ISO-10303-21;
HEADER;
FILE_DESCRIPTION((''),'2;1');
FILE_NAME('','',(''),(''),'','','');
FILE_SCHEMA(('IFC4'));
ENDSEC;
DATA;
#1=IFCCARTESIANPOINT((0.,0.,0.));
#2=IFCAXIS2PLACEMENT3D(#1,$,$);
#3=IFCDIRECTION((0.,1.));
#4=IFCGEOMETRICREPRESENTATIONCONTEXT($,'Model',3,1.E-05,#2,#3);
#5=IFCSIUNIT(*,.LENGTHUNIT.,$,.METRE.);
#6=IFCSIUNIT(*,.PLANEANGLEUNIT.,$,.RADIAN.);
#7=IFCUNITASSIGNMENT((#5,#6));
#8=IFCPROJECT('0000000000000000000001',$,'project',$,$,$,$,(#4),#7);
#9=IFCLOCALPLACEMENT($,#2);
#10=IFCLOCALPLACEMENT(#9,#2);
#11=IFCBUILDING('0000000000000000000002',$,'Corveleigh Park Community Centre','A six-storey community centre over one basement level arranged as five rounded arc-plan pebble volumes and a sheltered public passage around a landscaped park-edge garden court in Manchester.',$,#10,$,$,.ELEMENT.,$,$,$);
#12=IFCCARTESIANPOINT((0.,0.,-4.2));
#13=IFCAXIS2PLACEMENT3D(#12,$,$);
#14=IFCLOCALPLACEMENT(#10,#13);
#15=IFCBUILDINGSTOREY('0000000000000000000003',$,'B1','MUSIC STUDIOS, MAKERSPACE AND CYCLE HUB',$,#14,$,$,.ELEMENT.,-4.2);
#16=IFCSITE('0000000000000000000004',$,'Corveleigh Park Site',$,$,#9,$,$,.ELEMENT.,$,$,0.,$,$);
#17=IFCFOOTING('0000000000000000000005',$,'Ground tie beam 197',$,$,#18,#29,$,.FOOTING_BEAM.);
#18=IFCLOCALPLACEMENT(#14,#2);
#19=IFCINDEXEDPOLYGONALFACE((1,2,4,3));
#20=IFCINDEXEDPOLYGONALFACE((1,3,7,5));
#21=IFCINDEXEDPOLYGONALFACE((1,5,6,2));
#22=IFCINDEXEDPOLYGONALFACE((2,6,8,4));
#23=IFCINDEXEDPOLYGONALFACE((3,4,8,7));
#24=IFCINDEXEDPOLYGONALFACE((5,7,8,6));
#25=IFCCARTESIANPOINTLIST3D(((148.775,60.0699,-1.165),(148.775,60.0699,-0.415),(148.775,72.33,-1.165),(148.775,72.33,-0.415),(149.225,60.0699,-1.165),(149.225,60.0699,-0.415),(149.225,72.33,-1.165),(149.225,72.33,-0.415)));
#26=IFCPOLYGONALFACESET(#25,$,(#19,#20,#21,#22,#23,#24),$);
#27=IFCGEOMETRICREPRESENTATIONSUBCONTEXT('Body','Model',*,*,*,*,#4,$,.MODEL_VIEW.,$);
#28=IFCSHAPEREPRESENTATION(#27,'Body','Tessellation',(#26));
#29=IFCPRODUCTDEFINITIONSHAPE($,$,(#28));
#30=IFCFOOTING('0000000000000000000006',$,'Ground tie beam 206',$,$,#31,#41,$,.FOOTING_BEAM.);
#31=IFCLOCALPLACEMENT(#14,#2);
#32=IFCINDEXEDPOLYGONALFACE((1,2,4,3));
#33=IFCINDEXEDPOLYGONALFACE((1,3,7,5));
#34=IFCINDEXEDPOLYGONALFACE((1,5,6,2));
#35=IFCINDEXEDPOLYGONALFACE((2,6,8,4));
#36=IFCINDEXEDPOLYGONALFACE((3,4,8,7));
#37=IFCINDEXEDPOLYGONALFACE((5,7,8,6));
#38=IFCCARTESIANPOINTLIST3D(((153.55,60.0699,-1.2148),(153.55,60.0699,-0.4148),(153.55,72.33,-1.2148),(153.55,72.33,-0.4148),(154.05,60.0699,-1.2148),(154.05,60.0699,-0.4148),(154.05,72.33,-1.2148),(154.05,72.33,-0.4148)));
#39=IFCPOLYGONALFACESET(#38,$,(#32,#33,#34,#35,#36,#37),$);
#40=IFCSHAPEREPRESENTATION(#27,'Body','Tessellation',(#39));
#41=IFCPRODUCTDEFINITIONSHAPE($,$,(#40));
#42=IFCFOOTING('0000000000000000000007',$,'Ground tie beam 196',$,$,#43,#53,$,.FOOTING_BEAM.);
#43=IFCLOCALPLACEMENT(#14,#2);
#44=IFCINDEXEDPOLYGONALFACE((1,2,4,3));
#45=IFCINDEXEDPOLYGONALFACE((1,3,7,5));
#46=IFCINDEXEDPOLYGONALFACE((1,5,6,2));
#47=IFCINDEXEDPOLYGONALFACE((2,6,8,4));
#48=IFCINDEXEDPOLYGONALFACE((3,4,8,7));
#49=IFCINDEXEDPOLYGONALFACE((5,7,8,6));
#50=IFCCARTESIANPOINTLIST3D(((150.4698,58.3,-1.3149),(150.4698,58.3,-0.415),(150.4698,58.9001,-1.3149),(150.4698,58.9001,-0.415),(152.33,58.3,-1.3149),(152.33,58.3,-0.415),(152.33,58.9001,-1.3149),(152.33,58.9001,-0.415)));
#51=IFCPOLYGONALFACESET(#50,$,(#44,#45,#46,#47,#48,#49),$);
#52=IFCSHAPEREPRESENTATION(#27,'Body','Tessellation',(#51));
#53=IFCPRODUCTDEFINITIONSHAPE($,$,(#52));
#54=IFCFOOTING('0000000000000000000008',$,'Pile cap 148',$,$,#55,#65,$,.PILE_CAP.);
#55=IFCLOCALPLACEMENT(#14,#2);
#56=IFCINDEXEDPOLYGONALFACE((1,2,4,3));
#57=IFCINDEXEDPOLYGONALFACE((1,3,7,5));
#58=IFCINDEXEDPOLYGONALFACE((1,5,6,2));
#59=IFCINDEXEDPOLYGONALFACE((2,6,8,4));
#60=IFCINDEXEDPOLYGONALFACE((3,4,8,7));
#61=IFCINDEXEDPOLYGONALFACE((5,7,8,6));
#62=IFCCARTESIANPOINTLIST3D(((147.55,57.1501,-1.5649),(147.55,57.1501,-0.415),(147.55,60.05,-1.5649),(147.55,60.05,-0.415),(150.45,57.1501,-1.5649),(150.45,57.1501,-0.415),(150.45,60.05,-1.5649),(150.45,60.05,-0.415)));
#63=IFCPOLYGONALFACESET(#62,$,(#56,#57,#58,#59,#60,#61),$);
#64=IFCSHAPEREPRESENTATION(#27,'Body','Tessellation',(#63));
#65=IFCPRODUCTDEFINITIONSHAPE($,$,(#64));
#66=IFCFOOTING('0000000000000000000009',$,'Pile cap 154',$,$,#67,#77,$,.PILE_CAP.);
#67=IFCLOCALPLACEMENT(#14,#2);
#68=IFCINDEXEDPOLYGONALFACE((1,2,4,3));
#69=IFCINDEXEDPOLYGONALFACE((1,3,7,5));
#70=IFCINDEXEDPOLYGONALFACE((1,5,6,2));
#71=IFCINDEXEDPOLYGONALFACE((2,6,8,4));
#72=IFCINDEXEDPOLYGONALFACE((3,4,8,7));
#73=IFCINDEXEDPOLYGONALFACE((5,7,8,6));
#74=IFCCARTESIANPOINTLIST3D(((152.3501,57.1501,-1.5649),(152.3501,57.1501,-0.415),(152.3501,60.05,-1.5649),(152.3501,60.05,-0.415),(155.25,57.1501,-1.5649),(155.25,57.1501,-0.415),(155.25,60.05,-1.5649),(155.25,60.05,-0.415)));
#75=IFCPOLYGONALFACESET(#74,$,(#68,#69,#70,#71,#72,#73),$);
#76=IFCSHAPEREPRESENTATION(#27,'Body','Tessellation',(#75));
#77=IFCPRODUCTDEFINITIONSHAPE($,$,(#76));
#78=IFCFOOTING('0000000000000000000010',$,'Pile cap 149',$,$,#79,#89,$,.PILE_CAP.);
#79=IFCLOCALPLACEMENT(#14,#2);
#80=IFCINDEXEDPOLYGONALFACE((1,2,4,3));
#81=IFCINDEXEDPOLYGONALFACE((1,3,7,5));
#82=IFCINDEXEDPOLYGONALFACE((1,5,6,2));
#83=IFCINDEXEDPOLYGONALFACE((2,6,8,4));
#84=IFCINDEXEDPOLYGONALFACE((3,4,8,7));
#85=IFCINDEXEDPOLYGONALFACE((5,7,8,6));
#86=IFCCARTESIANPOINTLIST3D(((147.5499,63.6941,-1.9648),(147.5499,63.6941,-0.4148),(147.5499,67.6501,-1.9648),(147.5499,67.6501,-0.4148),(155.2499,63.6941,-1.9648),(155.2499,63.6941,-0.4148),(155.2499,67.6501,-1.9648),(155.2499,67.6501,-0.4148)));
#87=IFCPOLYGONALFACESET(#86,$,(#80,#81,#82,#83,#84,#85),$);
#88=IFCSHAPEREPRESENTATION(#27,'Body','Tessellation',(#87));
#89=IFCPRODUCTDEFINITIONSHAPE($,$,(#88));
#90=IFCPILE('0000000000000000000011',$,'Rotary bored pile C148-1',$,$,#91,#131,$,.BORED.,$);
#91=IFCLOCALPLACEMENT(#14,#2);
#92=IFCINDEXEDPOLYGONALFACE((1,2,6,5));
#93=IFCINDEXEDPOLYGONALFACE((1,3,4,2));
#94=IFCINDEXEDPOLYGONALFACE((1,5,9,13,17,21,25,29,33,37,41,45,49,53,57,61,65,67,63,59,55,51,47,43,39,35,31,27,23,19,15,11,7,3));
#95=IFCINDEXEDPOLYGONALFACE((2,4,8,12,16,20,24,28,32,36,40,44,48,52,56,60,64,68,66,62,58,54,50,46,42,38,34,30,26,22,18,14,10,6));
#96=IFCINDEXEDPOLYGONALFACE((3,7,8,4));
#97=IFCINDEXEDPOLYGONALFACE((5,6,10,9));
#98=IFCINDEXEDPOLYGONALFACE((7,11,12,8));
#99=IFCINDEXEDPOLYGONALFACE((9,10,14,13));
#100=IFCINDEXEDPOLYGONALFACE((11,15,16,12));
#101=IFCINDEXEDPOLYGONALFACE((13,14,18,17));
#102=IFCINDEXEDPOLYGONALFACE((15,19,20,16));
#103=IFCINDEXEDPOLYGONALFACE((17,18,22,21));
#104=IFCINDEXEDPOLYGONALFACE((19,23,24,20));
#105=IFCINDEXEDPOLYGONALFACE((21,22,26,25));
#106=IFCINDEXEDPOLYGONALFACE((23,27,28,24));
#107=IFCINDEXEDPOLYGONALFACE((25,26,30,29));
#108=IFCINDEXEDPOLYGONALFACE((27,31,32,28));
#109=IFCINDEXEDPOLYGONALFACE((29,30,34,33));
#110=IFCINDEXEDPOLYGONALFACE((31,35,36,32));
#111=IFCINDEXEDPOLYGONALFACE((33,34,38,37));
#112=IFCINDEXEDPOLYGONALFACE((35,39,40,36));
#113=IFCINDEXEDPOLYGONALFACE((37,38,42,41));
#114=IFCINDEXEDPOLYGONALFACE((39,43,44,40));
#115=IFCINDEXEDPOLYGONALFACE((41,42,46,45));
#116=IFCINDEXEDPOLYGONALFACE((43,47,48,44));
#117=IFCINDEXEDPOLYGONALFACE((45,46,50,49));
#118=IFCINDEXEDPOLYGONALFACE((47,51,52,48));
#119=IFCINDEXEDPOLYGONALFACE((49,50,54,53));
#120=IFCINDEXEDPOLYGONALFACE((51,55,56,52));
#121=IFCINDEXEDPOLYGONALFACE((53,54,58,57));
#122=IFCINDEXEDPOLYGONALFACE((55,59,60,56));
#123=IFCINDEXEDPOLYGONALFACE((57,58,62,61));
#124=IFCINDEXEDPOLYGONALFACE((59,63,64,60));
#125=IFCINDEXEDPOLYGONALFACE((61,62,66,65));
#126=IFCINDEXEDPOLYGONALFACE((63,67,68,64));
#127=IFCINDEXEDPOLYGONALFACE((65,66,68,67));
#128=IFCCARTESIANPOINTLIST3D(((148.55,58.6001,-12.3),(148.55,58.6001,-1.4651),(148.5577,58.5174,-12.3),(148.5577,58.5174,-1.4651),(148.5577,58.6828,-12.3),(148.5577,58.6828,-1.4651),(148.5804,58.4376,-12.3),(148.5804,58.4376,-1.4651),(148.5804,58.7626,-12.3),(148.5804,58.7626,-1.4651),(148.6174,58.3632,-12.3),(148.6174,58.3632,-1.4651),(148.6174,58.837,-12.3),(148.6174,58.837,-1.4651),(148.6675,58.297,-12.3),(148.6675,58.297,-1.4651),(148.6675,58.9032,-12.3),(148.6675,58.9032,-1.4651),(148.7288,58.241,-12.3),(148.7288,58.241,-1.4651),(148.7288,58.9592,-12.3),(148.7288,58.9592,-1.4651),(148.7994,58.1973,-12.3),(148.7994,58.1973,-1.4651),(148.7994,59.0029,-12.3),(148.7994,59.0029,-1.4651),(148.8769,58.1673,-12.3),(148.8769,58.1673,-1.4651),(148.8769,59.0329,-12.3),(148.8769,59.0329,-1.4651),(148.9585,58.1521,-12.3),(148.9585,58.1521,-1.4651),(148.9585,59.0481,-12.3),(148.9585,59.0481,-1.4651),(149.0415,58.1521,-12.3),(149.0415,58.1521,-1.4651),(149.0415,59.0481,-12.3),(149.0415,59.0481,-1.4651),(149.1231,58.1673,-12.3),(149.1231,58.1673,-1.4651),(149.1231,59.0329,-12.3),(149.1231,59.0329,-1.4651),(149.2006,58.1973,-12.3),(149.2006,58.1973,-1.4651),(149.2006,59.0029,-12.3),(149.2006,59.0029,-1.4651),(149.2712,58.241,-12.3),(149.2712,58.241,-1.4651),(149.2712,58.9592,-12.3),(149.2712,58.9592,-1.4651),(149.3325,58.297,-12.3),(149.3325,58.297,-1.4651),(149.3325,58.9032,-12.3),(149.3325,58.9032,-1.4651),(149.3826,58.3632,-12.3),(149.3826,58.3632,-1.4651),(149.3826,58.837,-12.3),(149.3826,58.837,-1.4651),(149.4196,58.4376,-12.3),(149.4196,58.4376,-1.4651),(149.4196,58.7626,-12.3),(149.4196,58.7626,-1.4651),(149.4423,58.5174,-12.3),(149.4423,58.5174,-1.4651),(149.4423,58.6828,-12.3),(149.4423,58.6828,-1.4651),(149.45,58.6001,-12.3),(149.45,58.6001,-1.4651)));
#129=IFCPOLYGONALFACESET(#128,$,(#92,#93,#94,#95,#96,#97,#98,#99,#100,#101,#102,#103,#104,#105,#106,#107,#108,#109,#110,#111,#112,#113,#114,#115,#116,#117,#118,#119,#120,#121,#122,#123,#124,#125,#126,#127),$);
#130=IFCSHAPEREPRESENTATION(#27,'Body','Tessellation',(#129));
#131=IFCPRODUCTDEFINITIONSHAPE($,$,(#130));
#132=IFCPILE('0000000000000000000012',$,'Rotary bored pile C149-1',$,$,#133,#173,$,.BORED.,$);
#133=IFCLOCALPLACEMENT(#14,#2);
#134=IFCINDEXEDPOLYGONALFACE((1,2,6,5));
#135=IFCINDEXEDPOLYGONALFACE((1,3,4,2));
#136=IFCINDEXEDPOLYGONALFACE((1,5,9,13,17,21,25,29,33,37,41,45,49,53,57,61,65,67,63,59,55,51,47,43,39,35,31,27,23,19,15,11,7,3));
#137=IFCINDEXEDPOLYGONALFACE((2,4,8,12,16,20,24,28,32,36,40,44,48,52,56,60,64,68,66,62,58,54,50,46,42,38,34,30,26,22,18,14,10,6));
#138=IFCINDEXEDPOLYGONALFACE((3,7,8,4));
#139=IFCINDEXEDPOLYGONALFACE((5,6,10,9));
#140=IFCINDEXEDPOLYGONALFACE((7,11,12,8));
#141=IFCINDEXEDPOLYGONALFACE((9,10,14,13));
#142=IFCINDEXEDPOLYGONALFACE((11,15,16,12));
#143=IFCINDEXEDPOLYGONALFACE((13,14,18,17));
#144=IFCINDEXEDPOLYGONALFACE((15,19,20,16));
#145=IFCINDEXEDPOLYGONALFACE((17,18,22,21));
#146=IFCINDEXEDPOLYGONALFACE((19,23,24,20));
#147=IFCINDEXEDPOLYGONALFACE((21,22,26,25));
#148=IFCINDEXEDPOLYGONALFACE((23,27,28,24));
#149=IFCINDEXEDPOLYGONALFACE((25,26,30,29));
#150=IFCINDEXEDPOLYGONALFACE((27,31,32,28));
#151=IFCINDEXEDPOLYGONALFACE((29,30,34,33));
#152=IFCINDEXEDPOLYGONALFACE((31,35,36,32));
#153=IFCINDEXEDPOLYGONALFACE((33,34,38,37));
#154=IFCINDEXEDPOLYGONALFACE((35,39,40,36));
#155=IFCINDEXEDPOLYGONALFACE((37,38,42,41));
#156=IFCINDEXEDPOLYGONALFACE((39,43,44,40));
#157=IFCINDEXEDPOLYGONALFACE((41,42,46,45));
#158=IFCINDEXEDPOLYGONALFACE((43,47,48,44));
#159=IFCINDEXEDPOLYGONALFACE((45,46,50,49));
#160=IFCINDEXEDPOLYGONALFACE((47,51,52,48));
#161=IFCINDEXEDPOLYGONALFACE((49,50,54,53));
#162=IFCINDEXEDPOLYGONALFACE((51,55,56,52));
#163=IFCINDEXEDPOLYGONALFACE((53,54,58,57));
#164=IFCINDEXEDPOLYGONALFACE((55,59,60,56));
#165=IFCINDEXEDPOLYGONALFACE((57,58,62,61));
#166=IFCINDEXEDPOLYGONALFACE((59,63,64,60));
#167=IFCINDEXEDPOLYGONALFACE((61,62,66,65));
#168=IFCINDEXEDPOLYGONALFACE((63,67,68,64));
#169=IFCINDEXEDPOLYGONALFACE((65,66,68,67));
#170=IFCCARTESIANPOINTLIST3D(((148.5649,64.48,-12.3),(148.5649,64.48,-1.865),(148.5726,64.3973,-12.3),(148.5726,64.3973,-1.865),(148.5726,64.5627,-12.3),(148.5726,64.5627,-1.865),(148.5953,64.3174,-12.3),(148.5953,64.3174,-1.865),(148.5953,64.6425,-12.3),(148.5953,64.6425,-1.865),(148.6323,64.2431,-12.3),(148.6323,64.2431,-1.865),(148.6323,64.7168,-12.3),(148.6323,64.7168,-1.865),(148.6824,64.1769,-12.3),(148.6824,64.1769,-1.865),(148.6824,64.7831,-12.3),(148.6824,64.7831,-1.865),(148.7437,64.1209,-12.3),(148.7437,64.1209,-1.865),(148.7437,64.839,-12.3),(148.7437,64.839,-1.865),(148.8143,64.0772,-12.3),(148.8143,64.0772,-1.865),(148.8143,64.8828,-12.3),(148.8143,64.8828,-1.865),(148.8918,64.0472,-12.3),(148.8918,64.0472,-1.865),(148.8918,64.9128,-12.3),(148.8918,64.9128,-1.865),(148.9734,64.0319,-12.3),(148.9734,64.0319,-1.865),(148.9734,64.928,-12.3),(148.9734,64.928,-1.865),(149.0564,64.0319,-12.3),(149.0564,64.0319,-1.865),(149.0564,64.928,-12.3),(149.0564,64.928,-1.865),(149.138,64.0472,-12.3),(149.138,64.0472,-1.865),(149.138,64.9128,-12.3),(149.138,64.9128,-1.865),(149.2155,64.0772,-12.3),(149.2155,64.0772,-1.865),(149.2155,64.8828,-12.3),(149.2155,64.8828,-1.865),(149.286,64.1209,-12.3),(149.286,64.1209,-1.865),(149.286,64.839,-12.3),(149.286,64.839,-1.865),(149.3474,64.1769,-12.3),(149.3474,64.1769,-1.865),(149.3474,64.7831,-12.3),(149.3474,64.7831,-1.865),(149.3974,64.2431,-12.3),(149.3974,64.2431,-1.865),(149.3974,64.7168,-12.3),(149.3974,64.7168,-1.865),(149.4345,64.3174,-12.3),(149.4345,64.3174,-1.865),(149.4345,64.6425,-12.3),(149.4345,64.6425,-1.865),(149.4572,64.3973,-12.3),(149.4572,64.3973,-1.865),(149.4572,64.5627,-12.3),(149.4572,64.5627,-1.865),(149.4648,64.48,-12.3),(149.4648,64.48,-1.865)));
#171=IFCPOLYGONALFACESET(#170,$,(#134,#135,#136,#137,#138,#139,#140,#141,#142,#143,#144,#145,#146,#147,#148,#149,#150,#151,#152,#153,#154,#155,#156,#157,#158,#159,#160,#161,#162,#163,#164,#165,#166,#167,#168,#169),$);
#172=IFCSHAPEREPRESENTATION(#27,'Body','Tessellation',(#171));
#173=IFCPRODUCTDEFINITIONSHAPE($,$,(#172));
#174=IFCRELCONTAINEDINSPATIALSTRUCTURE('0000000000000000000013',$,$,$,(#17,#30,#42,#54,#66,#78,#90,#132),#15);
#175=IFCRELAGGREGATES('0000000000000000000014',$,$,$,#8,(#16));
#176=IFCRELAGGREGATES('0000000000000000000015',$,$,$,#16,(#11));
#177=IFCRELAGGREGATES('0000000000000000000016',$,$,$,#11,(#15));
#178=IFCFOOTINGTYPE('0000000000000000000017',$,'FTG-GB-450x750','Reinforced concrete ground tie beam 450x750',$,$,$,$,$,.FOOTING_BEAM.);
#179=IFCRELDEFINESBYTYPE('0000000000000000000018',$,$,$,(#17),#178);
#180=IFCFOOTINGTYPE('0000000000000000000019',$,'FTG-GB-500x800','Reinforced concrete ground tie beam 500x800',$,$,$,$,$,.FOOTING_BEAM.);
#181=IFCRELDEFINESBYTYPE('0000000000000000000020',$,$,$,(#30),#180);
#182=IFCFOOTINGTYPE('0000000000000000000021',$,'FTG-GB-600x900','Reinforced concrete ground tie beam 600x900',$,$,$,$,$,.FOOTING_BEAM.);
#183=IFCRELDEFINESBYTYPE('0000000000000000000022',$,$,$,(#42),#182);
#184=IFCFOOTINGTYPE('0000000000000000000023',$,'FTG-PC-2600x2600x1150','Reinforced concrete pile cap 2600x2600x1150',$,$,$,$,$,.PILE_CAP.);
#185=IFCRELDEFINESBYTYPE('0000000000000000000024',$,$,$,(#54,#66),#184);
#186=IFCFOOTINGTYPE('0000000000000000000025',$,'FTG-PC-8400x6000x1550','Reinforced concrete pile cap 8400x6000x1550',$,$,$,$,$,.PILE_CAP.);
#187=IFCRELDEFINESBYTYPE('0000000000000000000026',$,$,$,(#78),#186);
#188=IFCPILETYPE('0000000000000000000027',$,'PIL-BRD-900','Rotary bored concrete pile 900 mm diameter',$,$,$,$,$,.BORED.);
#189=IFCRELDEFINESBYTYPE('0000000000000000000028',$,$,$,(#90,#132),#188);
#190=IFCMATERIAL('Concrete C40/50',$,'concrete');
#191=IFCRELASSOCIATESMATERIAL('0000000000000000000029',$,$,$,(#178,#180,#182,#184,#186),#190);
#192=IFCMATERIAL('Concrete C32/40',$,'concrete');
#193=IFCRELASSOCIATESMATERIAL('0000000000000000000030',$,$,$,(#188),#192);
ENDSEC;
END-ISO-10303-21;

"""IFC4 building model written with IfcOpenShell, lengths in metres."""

from ifc_helpers import new_model, si_unit, direction, frame, origin, origin_2d, place, context, subcontext, project, spatial, rectangle, circle, extrude, material, material_profile, profile_set, type_object, element, save


model = new_model("IFC4")

# Units and contexts
model_context = context("Model", 3, precision=1e-05, world=origin(), true_north=direction((0.0, 1.0)))
body_context = subcontext(model_context, "Body", "Model", "MODEL_VIEW")
ifc_project = project(units=[si_unit("LENGTHUNIT", "METRE"), si_unit("PLANEANGLEUNIT", "RADIAN")], contexts=[model_context])

# Site, building, storey
site_placement = place(None, origin())
site = spatial("IfcSite", under=ifc_project, at=site_placement, Name="Corveleigh Park Site", CompositionType="ELEMENT", RefElevation=0.0)
building_placement = place(site_placement, origin())
building = spatial("IfcBuilding", under=site, at=building_placement, Name="Corveleigh Park Community Centre", Description="A six-storey community centre over one basement level arranged as five rounded arc-plan pebble volumes and a sheltered public passage around a landscaped park-edge garden court in Manchester.", CompositionType="ELEMENT")
storey_placement = place(building_placement, frame((0.0, 0.0, -4.2)))
storey = spatial("IfcBuildingStorey", under=building, at=storey_placement, Name="B1", Description="MUSIC STUDIOS, MAKERSPACE AND CYCLE HUB", CompositionType="ELEMENT", Elevation=-4.2)

# Footings
ifc_material_1 = material(Name="Concrete C40/50", Category="concrete")
footing_type_1 = type_object("IfcFootingType", Name="FTG-GB-450x750", Description="Reinforced concrete ground tie beam 450x750", PredefinedType="FOOTING_BEAM", material=ifc_material_1)
footing_1_placement = place(storey_placement, frame((149.0, 66.2, -1.165), z_axis=(0.0, 0.0, 1.0), x_axis=(1.0, 0.0, 0.0)))
element("IfcFooting", 1, at=footing_1_placement, inside=storey, type_object=footing_type_1, Name="Ground tie beam 197", PredefinedType="FOOTING_BEAM", context=body_context, shape_type="SweptSolid", body=[
    extrude(rectangle(XDim=0.45, YDim=12.26, at=origin_2d()), origin(), (0.0, 0.0, 1.0), 0.75),
])
footing_type_2 = type_object("IfcFootingType", Name="FTG-GB-500x800", Description="Reinforced concrete ground tie beam 500x800", PredefinedType="FOOTING_BEAM", material=ifc_material_1)
footing_2_placement = place(storey_placement, frame((153.8, 66.2, -1.2148), z_axis=(0.0, 0.0, 1.0), x_axis=(1.0, 0.0, 0.0)))
element("IfcFooting", 2, at=footing_2_placement, inside=storey, type_object=footing_type_2, Name="Ground tie beam 206", PredefinedType="FOOTING_BEAM", context=body_context, shape_type="SweptSolid", body=[
    extrude(rectangle(XDim=0.5, YDim=12.26, at=origin_2d()), origin(), (0.0, 0.0, 1.0), 0.8),
])
footing_type_3 = type_object("IfcFootingType", Name="FTG-GB-600x900", Description="Reinforced concrete ground tie beam 600x900", PredefinedType="FOOTING_BEAM", material=ifc_material_1)
footing_3_placement = place(storey_placement, frame((151.3999, 58.6001, -1.3149), z_axis=(0.0, 0.0, 1.0), x_axis=(1.0, 0.0, 0.0)))
element("IfcFooting", 3, at=footing_3_placement, inside=storey, type_object=footing_type_3, Name="Ground tie beam 196", PredefinedType="FOOTING_BEAM", context=body_context, shape_type="SweptSolid", body=[
    extrude(rectangle(XDim=1.8601, YDim=0.6001, at=origin_2d()), origin(), (0.0, 0.0, 1.0), 0.8999),
])
footing_type_4 = type_object("IfcFootingType", Name="FTG-PC-2600x2600x1150", Description="Reinforced concrete pile cap 2600x2600x1150", PredefinedType="PILE_CAP", material=ifc_material_1)
for number, where, z_axis, x_axis, name in (
    (4, (149.0, 58.6001, -1.5649), (0.0, 0.0, 1.0), (1.0, 0.0, 0.0), "Pile cap 148"),
    (5, (153.8, 58.6001, -1.5649), (0.0, 0.0, 1.0), (1.0, 0.0, 0.0), "Pile cap 154"),
):
    element("IfcFooting", number, at=place(storey_placement, frame(where, z_axis=z_axis, x_axis=x_axis)), inside=storey, type_object=footing_type_4, Name=name, PredefinedType="PILE_CAP", context=body_context, shape_type="SweptSolid", body=[
        extrude(rectangle(XDim=2.8999, YDim=2.8999, at=origin_2d()), origin(), (0.0, 0.0, 1.0), 1.1499),
    ])
footing_type_5 = type_object("IfcFootingType", Name="FTG-PC-8400x6000x1550", Description="Reinforced concrete pile cap 8400x6000x1550", PredefinedType="PILE_CAP", material=ifc_material_1)
footing_4_placement = place(storey_placement, frame((151.3999, 65.6721, -1.9648), z_axis=(0.0, 0.0, 1.0), x_axis=(1.0, 0.0, 0.0)))
element("IfcFooting", 6, at=footing_4_placement, inside=storey, type_object=footing_type_5, Name="Pile cap 149", PredefinedType="PILE_CAP", context=body_context, shape_type="SweptSolid", body=[
    extrude(rectangle(XDim=7.7, YDim=3.9561, at=origin_2d()), origin(), (0.0, 0.0, 1.0), 1.55),
])

# Piles
ifc_material_2 = material(Name="Concrete C32/40", Category="concrete")
ifc_material_profile_1 = material_profile(ifc_material_2, circle(Radius=0.45, at=origin_2d()), Name="BORED-PILE-900", Category="concrete")
ifc_profile_set_1 = profile_set([ifc_material_profile_1], Name="Concrete C32/40")
pile_type = type_object("IfcPileType", Name="PIL-BRD-900", Description="Rotary bored concrete pile 900 mm diameter", PredefinedType="BORED", material=ifc_profile_set_1)
pile_1_placement = place(storey_placement, frame((149.0, 58.6001, -1.4651), z_axis=(0.0, 0.0, -1.0), x_axis=(1.0, 0.0, 0.0)))
element("IfcPile", 7, at=pile_1_placement, inside=storey, type_object=pile_type, Name="Rotary bored pile C148-1", PredefinedType="BORED", context=body_context, shape_type="SweptSolid", body=[
    extrude(circle(Radius=0.45, at=origin_2d()), origin(), (0.0, 0.0, 1.0), 10.835),
])
for number, where, z_axis, x_axis, name in (
    (8, (149.0149, 64.48, -1.865), (0.0, 0.0, -1.0), (1.0, 0.0, 0.0), "Rotary bored pile C149-1"),
):
    element("IfcPile", number, at=place(storey_placement, frame(where, z_axis=z_axis, x_axis=x_axis)), inside=storey, type_object=pile_type, Name=name, PredefinedType="BORED", context=body_context, shape_type="SweptSolid", body=[
        extrude(circle(Radius=0.45, at=origin_2d()), origin(), (0.0, 0.0, 1.0), 10.4351),
    ])

save(model, "model.ifc")
